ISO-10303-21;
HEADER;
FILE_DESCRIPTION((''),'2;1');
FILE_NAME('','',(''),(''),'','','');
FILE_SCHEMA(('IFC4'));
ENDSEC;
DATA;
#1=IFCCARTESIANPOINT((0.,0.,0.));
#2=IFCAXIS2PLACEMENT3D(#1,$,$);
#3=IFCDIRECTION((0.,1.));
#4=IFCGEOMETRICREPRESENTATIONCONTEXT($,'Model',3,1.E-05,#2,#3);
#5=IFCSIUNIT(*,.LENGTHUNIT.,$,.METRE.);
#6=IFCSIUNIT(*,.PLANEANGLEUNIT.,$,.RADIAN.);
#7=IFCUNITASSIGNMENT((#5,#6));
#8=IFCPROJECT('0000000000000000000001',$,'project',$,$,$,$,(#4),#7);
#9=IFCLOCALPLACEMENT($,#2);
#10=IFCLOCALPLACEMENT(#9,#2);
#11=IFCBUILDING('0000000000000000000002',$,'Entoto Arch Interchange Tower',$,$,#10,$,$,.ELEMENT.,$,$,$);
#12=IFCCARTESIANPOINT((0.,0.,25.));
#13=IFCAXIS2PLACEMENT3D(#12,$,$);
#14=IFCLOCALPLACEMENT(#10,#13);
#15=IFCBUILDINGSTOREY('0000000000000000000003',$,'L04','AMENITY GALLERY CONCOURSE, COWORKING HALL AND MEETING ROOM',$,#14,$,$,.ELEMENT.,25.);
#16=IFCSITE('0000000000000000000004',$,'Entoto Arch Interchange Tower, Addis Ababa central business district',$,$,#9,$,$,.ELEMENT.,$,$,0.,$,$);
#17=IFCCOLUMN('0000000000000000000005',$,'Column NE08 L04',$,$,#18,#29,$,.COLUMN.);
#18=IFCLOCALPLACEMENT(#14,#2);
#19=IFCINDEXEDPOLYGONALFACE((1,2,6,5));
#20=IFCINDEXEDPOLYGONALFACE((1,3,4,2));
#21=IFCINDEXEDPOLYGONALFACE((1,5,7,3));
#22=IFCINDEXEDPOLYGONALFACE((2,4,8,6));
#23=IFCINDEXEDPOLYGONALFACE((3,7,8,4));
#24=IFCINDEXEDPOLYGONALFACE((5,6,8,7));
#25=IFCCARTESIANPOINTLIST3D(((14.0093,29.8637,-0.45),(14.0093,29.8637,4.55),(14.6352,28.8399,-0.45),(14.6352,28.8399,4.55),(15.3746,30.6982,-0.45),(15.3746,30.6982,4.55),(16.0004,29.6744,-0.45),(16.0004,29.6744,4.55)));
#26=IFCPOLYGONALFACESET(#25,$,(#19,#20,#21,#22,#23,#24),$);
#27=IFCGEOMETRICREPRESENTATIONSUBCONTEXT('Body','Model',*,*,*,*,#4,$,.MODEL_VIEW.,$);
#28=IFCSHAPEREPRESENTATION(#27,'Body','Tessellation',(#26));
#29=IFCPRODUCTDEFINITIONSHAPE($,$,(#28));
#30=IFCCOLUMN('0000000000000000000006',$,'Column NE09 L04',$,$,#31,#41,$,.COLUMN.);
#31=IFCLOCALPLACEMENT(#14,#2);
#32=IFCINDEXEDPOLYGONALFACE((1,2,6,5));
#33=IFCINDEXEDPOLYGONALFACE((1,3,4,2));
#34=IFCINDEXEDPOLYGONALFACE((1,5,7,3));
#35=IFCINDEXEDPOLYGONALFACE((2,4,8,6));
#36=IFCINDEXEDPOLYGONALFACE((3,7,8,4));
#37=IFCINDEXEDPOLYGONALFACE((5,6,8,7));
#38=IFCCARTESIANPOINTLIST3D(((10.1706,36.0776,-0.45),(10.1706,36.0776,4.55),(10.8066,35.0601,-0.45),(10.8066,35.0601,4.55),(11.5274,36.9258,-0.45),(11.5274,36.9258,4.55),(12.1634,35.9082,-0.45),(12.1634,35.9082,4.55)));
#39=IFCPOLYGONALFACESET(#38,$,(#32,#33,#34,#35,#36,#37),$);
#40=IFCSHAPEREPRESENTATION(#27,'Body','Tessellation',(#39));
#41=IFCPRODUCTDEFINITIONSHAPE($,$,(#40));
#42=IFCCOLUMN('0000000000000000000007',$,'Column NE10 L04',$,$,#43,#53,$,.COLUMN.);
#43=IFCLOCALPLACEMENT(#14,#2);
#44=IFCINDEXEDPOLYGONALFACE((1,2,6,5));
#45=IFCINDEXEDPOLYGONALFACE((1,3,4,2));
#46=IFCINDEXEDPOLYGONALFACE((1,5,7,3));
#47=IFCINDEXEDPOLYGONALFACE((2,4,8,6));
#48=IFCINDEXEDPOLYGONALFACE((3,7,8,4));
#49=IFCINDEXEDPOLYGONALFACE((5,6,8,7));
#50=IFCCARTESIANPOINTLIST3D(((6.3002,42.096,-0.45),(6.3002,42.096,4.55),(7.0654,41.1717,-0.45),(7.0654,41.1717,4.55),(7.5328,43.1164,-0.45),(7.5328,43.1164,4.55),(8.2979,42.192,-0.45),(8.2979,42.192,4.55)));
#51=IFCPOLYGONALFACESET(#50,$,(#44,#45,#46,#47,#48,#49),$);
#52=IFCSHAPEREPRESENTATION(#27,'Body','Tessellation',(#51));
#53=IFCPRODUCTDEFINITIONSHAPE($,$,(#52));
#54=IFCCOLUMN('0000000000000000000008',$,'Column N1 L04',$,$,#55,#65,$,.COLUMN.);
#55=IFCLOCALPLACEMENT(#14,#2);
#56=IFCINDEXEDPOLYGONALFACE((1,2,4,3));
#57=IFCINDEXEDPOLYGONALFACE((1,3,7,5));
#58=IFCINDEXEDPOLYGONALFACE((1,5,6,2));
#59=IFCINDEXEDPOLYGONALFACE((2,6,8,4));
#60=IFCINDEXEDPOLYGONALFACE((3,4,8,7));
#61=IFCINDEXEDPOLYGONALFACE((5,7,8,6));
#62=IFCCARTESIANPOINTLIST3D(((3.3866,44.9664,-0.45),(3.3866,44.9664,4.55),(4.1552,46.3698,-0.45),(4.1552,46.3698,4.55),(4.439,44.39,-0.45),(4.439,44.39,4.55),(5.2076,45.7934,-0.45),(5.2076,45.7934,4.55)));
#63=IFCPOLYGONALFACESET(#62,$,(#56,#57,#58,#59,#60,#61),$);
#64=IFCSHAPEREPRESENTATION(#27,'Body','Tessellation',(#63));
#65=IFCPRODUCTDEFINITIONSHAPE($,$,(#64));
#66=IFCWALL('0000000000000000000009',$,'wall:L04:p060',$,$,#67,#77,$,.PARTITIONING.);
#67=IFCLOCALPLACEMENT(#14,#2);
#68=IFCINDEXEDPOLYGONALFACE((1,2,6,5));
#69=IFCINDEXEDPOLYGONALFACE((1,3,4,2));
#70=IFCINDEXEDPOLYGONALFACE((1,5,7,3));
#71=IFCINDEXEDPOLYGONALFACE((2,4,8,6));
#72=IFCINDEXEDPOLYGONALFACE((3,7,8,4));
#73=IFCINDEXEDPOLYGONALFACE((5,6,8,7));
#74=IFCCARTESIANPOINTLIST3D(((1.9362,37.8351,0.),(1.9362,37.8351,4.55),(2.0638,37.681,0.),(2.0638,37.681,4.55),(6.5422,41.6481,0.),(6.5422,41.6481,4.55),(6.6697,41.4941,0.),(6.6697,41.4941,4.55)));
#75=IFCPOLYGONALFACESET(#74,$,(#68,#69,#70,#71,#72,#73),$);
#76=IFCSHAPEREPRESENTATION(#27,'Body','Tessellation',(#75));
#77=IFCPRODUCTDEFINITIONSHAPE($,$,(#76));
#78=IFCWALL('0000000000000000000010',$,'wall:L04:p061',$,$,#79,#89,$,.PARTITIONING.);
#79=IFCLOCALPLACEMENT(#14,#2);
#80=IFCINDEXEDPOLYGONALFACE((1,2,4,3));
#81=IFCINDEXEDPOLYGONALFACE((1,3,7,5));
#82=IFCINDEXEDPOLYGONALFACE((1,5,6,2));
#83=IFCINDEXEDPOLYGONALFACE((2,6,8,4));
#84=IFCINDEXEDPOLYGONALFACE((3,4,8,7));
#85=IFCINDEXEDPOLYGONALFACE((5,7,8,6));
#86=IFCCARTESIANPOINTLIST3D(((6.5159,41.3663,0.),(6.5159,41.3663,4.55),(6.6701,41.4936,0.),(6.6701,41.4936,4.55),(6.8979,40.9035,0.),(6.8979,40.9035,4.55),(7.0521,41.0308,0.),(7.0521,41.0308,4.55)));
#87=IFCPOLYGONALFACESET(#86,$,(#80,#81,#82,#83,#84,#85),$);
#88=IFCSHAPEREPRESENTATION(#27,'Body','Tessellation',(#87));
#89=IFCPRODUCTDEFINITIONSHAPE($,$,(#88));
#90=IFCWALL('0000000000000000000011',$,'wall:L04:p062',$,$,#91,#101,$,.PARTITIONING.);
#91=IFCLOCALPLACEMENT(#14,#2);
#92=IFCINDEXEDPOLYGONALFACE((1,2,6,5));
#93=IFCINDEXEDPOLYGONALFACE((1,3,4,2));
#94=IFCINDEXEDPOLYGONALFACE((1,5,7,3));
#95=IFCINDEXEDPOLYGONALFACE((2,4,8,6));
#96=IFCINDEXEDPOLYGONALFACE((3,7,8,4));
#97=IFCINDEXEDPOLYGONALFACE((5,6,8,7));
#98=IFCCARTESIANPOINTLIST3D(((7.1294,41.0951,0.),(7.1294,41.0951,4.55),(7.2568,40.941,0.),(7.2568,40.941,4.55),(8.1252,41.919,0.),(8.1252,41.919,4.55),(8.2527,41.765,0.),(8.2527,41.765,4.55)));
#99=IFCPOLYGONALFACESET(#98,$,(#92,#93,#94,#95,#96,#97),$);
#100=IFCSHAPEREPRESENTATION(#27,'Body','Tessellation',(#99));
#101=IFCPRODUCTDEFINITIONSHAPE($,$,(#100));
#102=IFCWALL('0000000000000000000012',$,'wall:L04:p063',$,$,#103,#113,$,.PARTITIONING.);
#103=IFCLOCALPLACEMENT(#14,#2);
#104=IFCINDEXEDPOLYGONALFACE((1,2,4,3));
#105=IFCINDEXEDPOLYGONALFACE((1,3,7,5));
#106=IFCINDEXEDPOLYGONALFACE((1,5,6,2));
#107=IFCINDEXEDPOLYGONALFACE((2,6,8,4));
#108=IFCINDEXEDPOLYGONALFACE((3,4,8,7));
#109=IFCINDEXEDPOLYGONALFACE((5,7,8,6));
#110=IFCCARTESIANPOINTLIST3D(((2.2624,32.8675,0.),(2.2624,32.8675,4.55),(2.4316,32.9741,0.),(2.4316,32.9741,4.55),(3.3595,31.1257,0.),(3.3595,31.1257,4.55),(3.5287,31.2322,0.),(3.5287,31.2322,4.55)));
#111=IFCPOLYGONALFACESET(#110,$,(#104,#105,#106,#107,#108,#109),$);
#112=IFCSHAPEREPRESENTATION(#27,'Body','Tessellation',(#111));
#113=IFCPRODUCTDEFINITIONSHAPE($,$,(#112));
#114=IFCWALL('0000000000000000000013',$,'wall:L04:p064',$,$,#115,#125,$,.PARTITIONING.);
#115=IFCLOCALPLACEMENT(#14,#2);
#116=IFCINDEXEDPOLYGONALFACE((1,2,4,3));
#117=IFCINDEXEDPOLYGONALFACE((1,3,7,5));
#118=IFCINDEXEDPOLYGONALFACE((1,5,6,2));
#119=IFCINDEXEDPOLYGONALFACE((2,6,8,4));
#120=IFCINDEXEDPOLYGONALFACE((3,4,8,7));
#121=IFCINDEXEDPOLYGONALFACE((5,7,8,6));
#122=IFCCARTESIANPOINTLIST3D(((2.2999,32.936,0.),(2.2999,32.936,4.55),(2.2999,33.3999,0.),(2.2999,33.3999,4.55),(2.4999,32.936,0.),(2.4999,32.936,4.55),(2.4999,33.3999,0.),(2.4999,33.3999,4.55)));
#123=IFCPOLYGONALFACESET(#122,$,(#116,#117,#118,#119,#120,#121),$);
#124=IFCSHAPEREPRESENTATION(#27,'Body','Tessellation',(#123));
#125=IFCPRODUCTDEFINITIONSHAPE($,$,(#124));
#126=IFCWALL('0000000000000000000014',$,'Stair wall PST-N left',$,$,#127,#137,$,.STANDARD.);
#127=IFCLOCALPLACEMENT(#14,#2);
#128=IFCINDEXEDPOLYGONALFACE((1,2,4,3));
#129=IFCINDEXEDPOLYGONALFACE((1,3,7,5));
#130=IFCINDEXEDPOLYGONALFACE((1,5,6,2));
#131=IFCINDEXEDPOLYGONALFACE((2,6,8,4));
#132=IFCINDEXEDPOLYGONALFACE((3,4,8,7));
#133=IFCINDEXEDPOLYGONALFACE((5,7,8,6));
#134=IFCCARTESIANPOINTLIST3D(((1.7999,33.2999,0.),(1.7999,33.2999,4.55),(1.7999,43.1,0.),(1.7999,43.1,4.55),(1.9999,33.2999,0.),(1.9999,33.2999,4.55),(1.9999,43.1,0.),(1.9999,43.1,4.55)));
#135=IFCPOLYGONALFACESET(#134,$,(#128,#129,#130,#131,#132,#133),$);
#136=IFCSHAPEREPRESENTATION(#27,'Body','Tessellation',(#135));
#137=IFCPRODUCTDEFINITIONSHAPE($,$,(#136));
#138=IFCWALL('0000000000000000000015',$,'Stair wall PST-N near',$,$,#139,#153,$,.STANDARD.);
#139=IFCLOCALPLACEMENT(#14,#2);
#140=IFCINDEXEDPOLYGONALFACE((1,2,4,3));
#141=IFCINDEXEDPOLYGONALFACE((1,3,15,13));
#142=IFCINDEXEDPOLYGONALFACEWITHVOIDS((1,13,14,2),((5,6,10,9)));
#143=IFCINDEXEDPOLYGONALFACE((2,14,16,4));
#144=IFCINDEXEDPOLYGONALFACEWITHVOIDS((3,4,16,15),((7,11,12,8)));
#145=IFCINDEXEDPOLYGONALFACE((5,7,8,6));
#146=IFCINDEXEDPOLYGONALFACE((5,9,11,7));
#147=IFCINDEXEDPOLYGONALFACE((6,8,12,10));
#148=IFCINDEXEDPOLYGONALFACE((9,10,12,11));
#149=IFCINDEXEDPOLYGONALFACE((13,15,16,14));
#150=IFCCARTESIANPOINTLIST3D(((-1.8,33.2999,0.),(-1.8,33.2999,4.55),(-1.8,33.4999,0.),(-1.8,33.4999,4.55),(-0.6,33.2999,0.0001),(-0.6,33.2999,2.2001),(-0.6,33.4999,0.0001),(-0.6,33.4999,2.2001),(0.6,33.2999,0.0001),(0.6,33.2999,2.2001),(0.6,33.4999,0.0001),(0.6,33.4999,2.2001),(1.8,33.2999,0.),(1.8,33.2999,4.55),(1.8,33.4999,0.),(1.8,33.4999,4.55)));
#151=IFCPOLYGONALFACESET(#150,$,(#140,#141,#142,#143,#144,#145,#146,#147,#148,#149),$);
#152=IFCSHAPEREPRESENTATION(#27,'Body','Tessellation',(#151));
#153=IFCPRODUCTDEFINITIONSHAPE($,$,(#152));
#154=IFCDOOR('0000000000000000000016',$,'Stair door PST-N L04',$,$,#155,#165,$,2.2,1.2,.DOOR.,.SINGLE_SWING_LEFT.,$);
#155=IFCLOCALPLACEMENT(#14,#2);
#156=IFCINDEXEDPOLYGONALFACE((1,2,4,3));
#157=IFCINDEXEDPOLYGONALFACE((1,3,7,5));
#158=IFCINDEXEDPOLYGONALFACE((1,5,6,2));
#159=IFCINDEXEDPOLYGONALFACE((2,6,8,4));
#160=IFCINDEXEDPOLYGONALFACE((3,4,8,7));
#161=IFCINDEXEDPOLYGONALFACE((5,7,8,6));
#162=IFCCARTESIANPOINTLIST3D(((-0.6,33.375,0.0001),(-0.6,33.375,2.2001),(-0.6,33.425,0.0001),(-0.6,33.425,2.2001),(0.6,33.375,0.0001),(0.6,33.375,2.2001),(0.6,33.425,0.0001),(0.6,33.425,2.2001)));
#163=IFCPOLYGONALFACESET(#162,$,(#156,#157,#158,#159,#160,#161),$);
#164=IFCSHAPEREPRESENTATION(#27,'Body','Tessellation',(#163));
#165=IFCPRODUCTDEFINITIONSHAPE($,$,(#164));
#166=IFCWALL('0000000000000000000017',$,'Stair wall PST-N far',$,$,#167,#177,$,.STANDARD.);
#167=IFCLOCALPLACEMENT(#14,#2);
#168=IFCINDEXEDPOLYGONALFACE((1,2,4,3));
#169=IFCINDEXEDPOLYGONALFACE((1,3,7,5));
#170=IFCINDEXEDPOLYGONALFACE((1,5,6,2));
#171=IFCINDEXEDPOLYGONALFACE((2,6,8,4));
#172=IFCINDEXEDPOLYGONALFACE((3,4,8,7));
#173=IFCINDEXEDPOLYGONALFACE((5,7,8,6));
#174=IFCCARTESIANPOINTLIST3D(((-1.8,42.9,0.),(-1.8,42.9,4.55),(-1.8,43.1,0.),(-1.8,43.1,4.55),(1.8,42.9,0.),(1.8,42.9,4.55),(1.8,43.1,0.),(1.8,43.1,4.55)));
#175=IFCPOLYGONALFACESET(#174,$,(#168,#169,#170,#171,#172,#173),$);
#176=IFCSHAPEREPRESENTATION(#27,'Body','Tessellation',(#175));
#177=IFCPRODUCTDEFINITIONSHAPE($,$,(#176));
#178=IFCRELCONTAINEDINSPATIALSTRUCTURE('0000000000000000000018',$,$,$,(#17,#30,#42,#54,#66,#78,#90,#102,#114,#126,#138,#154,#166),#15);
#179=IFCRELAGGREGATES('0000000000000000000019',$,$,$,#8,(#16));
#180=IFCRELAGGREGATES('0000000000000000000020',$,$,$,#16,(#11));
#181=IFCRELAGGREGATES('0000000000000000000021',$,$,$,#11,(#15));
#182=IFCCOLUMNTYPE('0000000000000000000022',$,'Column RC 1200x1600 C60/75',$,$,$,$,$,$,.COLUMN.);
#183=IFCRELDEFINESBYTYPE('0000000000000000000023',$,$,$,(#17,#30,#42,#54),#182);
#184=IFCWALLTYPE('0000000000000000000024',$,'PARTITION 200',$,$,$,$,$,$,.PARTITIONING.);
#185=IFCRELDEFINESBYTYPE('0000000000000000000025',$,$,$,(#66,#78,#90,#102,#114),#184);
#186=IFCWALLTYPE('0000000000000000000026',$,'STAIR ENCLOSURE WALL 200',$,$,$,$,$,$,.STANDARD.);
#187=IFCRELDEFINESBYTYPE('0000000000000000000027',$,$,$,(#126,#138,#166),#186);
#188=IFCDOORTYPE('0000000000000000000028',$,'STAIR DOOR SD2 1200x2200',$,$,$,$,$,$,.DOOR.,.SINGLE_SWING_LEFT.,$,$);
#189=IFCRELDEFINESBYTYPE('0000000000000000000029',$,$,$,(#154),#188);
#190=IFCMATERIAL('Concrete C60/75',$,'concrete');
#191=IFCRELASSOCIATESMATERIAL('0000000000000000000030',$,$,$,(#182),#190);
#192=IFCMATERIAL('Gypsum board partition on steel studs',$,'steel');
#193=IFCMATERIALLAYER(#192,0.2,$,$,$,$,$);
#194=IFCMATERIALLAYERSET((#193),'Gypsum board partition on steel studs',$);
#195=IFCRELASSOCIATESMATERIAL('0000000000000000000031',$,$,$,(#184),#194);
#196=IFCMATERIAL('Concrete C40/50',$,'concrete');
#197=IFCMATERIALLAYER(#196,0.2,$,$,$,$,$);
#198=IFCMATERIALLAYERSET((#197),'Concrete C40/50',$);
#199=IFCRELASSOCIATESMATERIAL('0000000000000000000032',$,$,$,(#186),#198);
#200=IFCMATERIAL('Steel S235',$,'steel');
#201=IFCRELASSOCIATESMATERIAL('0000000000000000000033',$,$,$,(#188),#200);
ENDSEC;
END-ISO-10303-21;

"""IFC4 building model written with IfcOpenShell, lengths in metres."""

from ifc_helpers import new_model, si_unit, direction, frame, frame_2d, origin, origin_2d, place, context, subcontext, project, spatial, rectangle, extrude, material, layer, layer_set, material_profile, profile_set, type_object, element, fill, save


model = new_model("IFC4")

# Units and contexts
model_context = context("Model", 3, precision=1e-05, world=origin(), true_north=direction((0.0, 1.0)))
body_context = subcontext(model_context, "Body", "Model", "MODEL_VIEW")
ifc_project = project(units=[si_unit("LENGTHUNIT", "METRE"), si_unit("PLANEANGLEUNIT", "RADIAN")], contexts=[model_context])

# Site, building, storey
site_placement = place(None, origin())
site = spatial("IfcSite", under=ifc_project, at=site_placement, Name="Entoto Arch Interchange Tower, Addis Ababa central business district", CompositionType="ELEMENT", RefElevation=0.0)
building_placement = place(site_placement, origin())
building = spatial("IfcBuilding", under=site, at=building_placement, Name="Entoto Arch Interchange Tower", CompositionType="ELEMENT")
storey_placement = place(building_placement, frame((0.0, 0.0, 25.0)))
storey = spatial("IfcBuildingStorey", under=building, at=storey_placement, Name="L04", Description="AMENITY GALLERY CONCOURSE, COWORKING HALL AND MEETING ROOM", CompositionType="ELEMENT", Elevation=25.0)

# Columns
ifc_material_1 = material(Name="Concrete C60/75", Category="concrete")
ifc_material_profile = material_profile(ifc_material_1, rectangle(XDim=1.2, YDim=1.6001, at=origin_2d()))
ifc_profile_set = profile_set([ifc_material_profile], Name="Concrete C60/75")
column_type = type_object("IfcColumnType", Name="Column RC 1200x1600 C60/75", PredefinedType="COLUMN", material=ifc_profile_set)
for number, where, z_axis, x_axis, name in (
    (1, (15.0049, 29.769, -0.45), (0.0, 0.0, 1.0), (-0.521546, 0.853223, 0.0), "Column NE08 L04"),
    (2, (11.167, 35.9929, -0.45), (0.0, 0.0, 1.0), (-0.530067, 0.847956, 0.0), "Column NE09 L04"),
    (3, (7.2991, 42.144, -0.45), (0.0, 0.0, 1.0), (-0.637666, 0.770313, 0.0), "Column NE10 L04"),
    (4, (4.2971, 45.3799, -0.45), (0.0, 0.0, 1.0), (-0.877079, 0.480346, 0.0), "Column N1 L04"),
):
    element("IfcColumn", number, at=place(storey_placement, frame(where, z_axis=z_axis, x_axis=x_axis)), inside=storey, type_object=column_type, Name=name, PredefinedType="COLUMN", context=body_context, shape_type="SweptSolid", body=[
        extrude(rectangle(XDim=1.2, YDim=1.6001, at=origin_2d()), origin(), (0.0, 0.0, 1.0), 5.0),
    ])

# Walls
ifc_material_2 = material(Name="Gypsum board partition on steel studs", Category="steel")
ifc_layer_1 = layer(ifc_material_2, 0.2)
ifc_layer_set_1 = layer_set([ifc_layer_1], Name="Gypsum board partition on steel studs")
wall_type_1 = type_object("IfcWallType", Name="PARTITION 200", PredefinedType="PARTITIONING", material=ifc_layer_set_1)
wall_1_placement = place(storey_placement, frame((2.0, 37.7581, 0.0), z_axis=(0.0, 0.0, 1.0), x_axis=(0.770299, 0.637683, 0.0)))
element("IfcWall", 5, at=wall_1_placement, inside=storey, type_object=wall_type_1, Name="wall:L04:p060", PredefinedType="PARTITIONING", context=body_context, shape_type="SweptSolid", body=[
    extrude(rectangle(XDim=5.9795, YDim=0.2, at=frame_2d((2.9897, 0.0))), origin(), (0.0, 0.0, 1.0), 4.55),
])
wall_2_placement = place(storey_placement, frame((6.593, 41.4299, 0.0), z_axis=(0.0, 0.0, 1.0), x_axis=(0.636577, -0.771214, 0.0)))
element("IfcWall", 6, at=wall_2_placement, inside=storey, type_object=wall_type_1, Name="wall:L04:p061", PredefinedType="PARTITIONING", context=body_context, shape_type="SweptSolid", body=[
    extrude(rectangle(XDim=0.6001, YDim=0.2, at=frame_2d((0.3, 0.0))), origin(), (0.0, 0.0, 1.0), 4.55),
])
wall_3_placement = place(storey_placement, frame((7.1931, 41.0181, 0.0), z_axis=(0.0, 0.0, 1.0), x_axis=(0.770461, 0.637487, 0.0)))
element("IfcWall", 7, at=wall_3_placement, inside=storey, type_object=wall_type_1, Name="wall:L04:p062", PredefinedType="PARTITIONING", context=body_context, shape_type="SweptSolid", body=[
    extrude(rectangle(XDim=1.2925, YDim=0.2, at=frame_2d((0.6462, 0.0))), origin(), (0.0, 0.0, 1.0), 4.55),
])
wall_4_placement = place(storey_placement, frame((3.4441, 31.179, 0.0), z_axis=(0.0, 0.0, 1.0), x_axis=(-0.532949, 0.846148, 0.0)))
element("IfcWall", 8, at=wall_4_placement, inside=storey, type_object=wall_type_1, Name="wall:L04:p063", PredefinedType="PARTITIONING", context=body_context, shape_type="SweptSolid", body=[
    extrude(rectangle(XDim=2.0586, YDim=0.2, at=frame_2d((1.0293, 0.0))), origin(), (0.0, 0.0, 1.0), 4.55),
])
wall_5_placement = place(storey_placement, frame((2.3999, 32.936, 0.0), z_axis=(0.0, 0.0, 1.0), x_axis=(0.0, 1.0, 0.0)))
element("IfcWall", 9, at=wall_5_placement, inside=storey, type_object=wall_type_1, Name="wall:L04:p064", PredefinedType="PARTITIONING", context=body_context, shape_type="SweptSolid", body=[
    extrude(rectangle(XDim=0.4639, YDim=0.2, at=frame_2d((0.2319, 0.0))), origin(), (0.0, 0.0, 1.0), 4.55),
])
ifc_material_3 = material(Name="Concrete C40/50", Category="concrete")
ifc_layer_2 = layer(ifc_material_3, 0.2)
ifc_layer_set_2 = layer_set([ifc_layer_2], Name="Concrete C40/50")
wall_type_2 = type_object("IfcWallType", Name="STAIR ENCLOSURE WALL 200", PredefinedType="STANDARD", material=ifc_layer_set_2)
wall_6_placement = place(storey_placement, frame((1.8999, 33.3, 0.0), z_axis=(0.0, 0.0, 1.0), x_axis=(0.0, 1.0, 0.0)))
element("IfcWall", 10, at=wall_6_placement, inside=storey, type_object=wall_type_2, Name="Stair wall PST-N left", PredefinedType="STANDARD", context=body_context, shape_type="SweptSolid", body=[
    extrude(rectangle(XDim=9.8, YDim=0.2, at=frame_2d((4.8999, 0.0))), origin(), (0.0, 0.0, 1.0), 4.55),
])

# Wall, opening, door
wall_7_placement = place(storey_placement, frame((1.8, 33.3999, 0.0), z_axis=(0.0, 0.0, 1.0), x_axis=(-1.0, 0.0, 0.0)))
wall_7 = element("IfcWall", 11, at=wall_7_placement, inside=storey, type_object=wall_type_2, Name="Stair wall PST-N near", PredefinedType="STANDARD", context=body_context, shape_type="SweptSolid", body=[
    extrude(rectangle(XDim=3.6001, YDim=0.2, at=frame_2d((1.8, 0.0))), origin(), (0.0, 0.0, 1.0), 4.55),
])
opening_1_placement = place(wall_7_placement, frame((1.2, 0.0, 0.0)))
opening_1 = element("IfcOpeningElement", 12, at=opening_1_placement, cuts=wall_7, PredefinedType="OPENING", context=body_context, shape_type="SweptSolid", body=[
    extrude(rectangle(XDim=1.2, YDim=2.2, at=frame_2d((0.6001, 1.1001))), frame((0.0, 0.1099, 0.0), z_axis=(0.0, -1.0, 0.0), x_axis=(1.0, 0.0, 0.0)), (0.0, 0.0, 1.0), 0.22),
])
ifc_material_4 = material(Name="Steel S235", Category="steel")
door_type = type_object("IfcDoorType", Name="STAIR DOOR SD2 1200x2200", OperationType="SINGLE_SWING_LEFT", PredefinedType="DOOR", material=ifc_material_4)
door_placement = place(opening_1_placement, origin())
door = element("IfcDoor", 13, at=door_placement, inside=storey, type_object=door_type, Name="Stair door PST-N L04", OperationType="SINGLE_SWING_LEFT", OverallHeight=2.2, OverallWidth=1.2, PredefinedType="DOOR", context=body_context, shape_type="SweptSolid", body=[
    extrude(rectangle(XDim=1.2, YDim=2.2, at=frame_2d((0.6001, 1.1001))), frame((0.0, 0.0249, 0.0), z_axis=(0.0, -1.0, 0.0), x_axis=(1.0, 0.0, 0.0)), (0.0, 0.0, 1.0), 0.05),
])
fill(opening_1, door)

# Wall
wall_8_placement = place(storey_placement, frame((1.8, 43.0, 0.0), z_axis=(0.0, 0.0, 1.0), x_axis=(-1.0, 0.0, 0.0)))
element("IfcWall", 14, at=wall_8_placement, inside=storey, type_object=wall_type_2, Name="Stair wall PST-N far", PredefinedType="STANDARD", context=body_context, shape_type="SweptSolid", body=[
    extrude(rectangle(XDim=3.6001, YDim=0.2, at=frame_2d((1.8, 0.0))), origin(), (0.0, 0.0, 1.0), 4.55),
])

save(model, "model.ifc")
